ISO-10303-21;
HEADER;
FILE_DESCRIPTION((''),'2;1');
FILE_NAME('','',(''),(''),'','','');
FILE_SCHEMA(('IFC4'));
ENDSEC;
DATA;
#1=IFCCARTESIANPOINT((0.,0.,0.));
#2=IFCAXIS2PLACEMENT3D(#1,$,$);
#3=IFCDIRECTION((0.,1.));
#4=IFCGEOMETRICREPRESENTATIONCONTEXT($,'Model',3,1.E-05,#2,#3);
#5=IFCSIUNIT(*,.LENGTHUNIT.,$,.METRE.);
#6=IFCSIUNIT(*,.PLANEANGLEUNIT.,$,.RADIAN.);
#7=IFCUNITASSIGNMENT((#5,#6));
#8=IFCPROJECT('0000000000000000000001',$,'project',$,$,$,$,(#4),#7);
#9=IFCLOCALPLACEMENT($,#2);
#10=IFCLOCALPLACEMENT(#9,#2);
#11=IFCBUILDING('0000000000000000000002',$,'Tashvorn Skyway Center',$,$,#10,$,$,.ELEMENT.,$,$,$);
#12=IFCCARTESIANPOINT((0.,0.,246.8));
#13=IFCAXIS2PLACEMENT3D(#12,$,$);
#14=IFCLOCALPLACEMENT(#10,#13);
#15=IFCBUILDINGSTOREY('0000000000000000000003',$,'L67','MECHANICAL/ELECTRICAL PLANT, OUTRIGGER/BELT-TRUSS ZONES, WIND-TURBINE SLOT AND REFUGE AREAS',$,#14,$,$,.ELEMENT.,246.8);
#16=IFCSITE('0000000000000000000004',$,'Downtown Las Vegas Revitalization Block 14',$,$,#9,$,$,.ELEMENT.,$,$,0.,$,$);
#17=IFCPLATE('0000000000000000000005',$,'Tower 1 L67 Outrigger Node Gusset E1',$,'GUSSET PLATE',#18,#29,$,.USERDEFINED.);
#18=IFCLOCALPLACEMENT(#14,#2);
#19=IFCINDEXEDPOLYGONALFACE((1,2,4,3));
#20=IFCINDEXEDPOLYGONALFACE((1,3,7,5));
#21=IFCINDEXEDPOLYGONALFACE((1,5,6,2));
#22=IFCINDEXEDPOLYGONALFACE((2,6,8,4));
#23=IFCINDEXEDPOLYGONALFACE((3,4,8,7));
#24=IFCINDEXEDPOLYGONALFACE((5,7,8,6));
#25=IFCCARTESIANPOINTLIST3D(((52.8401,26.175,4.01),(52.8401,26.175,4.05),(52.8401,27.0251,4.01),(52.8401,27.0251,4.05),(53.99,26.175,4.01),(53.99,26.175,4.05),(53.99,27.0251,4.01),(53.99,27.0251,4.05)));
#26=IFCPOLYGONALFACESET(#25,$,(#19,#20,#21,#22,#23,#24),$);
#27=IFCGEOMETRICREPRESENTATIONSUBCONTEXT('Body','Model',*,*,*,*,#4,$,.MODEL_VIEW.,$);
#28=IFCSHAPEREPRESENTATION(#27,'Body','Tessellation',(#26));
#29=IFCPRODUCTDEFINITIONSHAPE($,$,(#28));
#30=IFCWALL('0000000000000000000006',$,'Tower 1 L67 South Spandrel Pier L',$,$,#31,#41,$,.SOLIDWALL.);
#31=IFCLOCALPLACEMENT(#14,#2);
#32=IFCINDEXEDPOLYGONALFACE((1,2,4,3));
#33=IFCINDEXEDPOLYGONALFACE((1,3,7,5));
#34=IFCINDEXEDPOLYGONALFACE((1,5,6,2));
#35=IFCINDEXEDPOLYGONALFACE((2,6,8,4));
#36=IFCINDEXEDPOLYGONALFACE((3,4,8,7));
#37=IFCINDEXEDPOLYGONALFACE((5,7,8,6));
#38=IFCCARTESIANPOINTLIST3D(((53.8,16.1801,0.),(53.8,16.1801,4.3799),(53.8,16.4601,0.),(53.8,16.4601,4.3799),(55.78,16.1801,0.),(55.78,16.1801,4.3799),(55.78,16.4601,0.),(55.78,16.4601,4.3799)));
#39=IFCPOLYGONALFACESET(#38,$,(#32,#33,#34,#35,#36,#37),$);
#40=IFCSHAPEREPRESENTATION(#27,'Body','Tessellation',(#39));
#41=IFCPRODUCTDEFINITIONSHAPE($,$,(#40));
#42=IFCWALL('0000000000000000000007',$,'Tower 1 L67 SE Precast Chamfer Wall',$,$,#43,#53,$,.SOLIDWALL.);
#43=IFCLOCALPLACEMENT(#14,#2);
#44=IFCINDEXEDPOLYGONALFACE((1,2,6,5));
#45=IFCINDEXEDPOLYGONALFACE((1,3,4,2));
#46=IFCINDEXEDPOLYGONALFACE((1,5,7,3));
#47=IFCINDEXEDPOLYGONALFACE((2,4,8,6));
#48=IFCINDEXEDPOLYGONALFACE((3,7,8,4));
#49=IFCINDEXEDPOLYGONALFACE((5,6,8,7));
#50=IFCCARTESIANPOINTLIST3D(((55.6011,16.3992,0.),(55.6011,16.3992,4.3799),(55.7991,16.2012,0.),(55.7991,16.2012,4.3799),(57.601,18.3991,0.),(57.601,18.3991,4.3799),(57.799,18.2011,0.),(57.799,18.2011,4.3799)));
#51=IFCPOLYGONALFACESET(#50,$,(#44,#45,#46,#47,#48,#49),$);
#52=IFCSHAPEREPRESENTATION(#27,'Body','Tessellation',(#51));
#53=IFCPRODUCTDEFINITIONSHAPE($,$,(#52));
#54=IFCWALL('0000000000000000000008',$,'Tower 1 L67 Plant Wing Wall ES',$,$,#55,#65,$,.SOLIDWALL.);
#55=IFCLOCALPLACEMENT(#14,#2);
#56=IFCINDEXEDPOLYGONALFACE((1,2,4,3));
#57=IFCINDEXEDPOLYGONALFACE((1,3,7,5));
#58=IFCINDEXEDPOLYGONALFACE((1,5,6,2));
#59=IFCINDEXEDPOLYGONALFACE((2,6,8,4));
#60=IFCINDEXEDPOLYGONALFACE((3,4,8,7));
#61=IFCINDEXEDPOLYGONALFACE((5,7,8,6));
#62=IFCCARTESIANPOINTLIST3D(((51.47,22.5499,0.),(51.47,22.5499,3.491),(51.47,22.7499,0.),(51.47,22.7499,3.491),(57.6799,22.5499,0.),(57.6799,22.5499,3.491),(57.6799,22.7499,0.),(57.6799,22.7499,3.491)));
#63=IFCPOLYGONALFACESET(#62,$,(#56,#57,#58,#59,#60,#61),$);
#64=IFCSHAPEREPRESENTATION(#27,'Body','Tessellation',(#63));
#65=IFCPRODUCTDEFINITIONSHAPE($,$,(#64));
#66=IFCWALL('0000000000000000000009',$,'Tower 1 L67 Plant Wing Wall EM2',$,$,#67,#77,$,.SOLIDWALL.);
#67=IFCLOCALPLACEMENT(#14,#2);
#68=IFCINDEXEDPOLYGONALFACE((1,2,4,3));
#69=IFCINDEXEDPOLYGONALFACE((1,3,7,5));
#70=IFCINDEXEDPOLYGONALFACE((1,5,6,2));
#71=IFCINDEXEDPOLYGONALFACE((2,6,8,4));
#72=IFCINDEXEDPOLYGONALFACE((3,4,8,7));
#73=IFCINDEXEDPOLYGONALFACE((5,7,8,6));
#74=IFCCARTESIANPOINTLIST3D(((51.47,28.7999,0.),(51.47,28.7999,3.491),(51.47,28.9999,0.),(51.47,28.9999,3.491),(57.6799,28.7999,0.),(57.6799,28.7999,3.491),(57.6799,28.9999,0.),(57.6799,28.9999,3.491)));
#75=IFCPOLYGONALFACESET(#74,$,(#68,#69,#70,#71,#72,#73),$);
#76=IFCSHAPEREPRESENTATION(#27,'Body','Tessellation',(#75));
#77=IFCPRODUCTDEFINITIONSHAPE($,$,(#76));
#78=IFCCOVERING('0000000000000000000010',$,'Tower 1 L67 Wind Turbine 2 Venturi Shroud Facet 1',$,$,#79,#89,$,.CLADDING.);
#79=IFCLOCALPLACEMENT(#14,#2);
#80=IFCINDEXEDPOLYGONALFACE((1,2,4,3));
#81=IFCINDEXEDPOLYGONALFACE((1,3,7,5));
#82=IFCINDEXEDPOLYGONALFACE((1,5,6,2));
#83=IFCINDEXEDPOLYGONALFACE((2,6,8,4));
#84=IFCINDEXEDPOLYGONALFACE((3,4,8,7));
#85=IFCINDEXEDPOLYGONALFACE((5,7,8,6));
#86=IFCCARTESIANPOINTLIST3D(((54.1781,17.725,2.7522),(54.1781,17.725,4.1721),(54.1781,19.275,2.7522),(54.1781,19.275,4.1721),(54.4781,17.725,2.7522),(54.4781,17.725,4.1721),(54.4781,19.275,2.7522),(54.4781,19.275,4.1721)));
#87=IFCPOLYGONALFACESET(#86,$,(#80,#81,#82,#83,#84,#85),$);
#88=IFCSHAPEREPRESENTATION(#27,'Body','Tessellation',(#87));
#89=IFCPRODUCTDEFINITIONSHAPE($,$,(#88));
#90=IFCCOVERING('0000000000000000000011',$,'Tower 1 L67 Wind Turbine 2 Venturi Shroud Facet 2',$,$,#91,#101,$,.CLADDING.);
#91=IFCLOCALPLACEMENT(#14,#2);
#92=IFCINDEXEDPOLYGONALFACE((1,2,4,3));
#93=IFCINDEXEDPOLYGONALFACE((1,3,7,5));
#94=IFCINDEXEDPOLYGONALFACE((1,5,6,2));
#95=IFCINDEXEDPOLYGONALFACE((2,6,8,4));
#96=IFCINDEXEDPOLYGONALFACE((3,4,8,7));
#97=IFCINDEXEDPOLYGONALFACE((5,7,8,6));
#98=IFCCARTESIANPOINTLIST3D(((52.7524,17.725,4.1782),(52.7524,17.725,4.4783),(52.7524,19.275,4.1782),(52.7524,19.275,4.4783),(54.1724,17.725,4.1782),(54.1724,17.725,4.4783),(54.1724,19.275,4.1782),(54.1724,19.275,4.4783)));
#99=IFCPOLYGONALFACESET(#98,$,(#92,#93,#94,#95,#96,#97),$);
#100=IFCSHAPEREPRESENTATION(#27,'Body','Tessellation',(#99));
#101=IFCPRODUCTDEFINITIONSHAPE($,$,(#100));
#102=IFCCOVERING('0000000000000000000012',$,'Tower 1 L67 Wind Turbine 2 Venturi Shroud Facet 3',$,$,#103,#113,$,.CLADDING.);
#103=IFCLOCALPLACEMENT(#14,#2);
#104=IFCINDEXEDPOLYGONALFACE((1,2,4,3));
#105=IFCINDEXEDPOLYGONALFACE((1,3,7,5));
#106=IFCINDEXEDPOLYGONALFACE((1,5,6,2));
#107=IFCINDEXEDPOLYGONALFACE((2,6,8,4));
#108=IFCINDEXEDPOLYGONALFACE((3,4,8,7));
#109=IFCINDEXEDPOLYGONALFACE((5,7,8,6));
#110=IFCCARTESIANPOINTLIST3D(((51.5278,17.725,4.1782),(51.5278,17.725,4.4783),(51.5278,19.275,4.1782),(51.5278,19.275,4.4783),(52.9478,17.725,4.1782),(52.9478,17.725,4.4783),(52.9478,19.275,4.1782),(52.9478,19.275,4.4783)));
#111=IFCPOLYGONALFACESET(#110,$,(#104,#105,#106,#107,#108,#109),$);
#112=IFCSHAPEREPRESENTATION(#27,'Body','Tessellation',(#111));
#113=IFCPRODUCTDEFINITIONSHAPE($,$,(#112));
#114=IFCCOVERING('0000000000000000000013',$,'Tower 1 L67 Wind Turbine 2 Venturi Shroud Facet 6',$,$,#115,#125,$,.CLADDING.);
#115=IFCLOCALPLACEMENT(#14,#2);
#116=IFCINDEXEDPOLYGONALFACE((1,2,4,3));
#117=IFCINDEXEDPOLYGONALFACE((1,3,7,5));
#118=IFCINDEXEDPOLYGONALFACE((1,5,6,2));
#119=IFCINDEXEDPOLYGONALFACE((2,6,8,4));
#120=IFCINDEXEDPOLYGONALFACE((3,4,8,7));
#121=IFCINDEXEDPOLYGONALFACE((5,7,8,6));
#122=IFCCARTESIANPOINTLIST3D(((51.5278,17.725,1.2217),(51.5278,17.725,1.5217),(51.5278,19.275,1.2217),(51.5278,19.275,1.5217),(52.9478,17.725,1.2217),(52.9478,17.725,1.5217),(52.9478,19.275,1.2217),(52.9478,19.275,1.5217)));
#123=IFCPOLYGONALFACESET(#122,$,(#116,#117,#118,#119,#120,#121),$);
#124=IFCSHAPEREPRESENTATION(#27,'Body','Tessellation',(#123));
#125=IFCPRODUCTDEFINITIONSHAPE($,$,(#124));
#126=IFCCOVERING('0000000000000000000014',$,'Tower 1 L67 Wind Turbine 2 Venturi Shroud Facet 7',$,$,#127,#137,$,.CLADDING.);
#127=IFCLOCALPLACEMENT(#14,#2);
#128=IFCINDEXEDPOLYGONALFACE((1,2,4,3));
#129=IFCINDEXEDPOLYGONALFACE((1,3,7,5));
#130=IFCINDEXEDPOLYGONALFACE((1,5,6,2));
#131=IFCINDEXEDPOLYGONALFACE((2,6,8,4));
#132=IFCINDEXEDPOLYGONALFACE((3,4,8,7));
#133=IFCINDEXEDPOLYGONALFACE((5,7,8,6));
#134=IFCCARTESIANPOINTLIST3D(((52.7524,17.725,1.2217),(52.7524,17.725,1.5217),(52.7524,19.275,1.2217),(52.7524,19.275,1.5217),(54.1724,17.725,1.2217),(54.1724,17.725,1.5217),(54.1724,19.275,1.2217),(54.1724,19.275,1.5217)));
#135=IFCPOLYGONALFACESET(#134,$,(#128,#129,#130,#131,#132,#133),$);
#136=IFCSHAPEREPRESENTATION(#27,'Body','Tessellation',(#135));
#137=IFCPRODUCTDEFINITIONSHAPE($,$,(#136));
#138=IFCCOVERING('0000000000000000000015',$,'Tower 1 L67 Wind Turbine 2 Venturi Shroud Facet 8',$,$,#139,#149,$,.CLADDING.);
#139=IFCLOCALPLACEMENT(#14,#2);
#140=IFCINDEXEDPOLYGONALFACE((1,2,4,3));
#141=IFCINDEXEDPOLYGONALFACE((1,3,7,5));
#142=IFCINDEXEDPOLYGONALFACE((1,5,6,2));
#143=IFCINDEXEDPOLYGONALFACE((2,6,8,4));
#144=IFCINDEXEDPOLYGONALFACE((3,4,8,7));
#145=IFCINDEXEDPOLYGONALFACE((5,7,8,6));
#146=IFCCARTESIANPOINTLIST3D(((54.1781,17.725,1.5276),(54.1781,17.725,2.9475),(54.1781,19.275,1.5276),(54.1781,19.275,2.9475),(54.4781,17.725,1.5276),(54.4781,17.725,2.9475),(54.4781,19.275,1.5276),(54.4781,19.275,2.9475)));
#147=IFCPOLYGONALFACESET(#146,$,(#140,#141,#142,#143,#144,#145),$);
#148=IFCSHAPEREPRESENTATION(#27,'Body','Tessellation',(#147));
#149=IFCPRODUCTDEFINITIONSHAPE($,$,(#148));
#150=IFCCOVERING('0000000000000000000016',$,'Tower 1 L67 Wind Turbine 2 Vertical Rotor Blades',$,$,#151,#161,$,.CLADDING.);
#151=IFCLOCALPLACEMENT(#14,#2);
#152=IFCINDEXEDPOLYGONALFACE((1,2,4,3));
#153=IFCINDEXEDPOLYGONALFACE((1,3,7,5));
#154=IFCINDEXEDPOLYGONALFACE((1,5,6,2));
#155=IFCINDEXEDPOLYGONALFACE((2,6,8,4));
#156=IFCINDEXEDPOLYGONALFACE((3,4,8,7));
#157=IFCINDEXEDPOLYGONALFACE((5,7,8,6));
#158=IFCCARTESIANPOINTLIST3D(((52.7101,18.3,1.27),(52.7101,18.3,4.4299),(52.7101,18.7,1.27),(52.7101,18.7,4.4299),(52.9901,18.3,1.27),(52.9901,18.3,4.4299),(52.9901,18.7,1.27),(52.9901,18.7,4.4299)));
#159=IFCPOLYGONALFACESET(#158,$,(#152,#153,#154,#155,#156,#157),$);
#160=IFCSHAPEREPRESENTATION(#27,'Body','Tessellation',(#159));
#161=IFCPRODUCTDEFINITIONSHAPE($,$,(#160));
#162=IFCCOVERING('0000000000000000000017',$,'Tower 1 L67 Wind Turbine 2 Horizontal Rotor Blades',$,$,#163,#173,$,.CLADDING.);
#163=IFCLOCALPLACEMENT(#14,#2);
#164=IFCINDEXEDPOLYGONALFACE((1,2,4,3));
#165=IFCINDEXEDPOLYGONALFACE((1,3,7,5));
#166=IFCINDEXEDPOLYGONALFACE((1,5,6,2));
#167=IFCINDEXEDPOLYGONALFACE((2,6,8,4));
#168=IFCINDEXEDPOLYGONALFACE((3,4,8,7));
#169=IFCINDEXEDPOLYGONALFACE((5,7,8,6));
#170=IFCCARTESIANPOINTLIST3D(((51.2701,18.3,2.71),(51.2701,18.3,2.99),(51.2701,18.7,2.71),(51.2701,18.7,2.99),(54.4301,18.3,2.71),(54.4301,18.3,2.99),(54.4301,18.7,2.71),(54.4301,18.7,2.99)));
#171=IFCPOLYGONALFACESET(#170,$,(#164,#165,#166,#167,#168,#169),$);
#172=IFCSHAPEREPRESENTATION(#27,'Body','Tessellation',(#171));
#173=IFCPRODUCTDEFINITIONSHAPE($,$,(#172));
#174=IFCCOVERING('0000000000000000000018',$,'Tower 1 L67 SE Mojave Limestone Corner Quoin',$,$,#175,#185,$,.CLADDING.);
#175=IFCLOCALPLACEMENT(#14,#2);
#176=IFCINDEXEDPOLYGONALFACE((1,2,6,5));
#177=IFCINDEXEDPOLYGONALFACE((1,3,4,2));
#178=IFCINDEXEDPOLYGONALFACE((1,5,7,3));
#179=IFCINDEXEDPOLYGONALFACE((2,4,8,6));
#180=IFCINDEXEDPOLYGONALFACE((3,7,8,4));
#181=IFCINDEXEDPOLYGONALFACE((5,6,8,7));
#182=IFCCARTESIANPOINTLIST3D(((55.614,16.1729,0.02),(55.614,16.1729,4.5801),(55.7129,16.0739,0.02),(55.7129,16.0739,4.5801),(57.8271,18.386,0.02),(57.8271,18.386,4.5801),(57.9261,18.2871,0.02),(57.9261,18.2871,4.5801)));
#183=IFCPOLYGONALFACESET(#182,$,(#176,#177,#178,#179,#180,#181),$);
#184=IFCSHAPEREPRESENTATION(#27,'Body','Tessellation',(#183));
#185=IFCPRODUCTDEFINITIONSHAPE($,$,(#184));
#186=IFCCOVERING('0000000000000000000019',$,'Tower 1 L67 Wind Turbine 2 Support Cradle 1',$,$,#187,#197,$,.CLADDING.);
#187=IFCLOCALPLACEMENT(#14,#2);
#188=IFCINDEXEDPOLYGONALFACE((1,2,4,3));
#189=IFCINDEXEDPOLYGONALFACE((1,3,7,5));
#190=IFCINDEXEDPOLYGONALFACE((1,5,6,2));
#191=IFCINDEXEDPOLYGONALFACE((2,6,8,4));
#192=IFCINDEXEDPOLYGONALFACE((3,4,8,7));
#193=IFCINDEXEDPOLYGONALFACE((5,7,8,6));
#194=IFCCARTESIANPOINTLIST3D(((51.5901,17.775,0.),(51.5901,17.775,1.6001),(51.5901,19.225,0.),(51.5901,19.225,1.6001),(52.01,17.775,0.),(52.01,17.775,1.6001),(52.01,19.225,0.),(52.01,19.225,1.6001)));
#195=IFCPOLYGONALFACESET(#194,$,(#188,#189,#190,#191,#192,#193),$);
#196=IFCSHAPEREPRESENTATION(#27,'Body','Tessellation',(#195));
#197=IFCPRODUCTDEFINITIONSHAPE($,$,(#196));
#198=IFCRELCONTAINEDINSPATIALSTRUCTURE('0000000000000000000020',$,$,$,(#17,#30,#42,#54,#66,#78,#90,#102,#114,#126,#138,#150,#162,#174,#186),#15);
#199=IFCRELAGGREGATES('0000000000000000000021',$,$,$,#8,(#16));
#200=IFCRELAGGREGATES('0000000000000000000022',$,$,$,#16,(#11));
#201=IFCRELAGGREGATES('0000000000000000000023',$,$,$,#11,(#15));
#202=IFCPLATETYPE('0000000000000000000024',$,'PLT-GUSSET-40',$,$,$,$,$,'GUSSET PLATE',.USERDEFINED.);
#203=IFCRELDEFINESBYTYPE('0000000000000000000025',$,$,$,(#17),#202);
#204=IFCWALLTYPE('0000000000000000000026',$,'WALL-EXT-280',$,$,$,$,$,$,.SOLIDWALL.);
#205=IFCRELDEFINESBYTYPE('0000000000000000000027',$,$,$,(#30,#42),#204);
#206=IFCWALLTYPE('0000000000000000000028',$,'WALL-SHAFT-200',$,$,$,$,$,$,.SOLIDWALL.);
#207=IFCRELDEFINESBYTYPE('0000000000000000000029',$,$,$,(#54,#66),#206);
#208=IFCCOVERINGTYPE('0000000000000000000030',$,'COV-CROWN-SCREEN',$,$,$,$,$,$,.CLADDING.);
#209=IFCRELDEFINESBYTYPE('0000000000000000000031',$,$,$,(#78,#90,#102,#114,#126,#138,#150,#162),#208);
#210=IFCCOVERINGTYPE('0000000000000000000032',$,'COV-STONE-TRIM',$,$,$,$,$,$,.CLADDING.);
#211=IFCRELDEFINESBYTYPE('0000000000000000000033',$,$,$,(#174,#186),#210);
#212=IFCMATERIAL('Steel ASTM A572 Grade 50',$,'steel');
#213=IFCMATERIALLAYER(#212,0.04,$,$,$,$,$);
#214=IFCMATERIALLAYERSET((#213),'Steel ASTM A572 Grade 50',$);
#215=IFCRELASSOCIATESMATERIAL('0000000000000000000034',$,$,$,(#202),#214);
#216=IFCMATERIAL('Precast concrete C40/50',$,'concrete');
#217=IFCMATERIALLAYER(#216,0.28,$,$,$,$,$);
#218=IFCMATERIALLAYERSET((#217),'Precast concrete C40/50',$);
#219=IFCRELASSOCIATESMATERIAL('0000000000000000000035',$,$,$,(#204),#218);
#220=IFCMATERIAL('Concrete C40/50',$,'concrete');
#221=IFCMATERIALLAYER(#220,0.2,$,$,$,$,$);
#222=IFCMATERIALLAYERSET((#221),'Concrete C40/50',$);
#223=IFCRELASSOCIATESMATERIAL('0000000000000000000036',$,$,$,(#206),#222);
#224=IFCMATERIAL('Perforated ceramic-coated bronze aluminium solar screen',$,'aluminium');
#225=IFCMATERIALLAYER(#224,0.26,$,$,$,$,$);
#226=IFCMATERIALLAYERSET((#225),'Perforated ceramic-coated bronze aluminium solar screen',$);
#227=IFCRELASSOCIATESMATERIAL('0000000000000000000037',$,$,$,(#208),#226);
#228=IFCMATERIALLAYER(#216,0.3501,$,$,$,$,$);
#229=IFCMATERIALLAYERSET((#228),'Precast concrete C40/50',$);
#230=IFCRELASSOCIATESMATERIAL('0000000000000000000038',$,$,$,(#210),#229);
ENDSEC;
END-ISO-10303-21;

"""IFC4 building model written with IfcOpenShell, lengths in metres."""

from ifc_helpers import new_model, si_unit, direction, frame, frame_2d, origin, origin_2d, place, context, subcontext, project, spatial, rectangle, extrude, material, layer, layer_set, type_object, element, save


model = new_model("IFC4")

# Units and contexts
model_context = context("Model", 3, precision=1e-05, world=origin(), true_north=direction((0.0, 1.0)))
body_context = subcontext(model_context, "Body", "Model", "MODEL_VIEW")
ifc_project = project(units=[si_unit("LENGTHUNIT", "METRE"), si_unit("PLANEANGLEUNIT", "RADIAN")], contexts=[model_context])

# Site, building, storey
site_placement = place(None, origin())
site = spatial("IfcSite", under=ifc_project, at=site_placement, Name="Downtown Las Vegas Revitalization Block 14", CompositionType="ELEMENT", RefElevation=0.0)
building_placement = place(site_placement, origin())
building = spatial("IfcBuilding", under=site, at=building_placement, Name="Tashvorn Skyway Center", CompositionType="ELEMENT")
storey_placement = place(building_placement, frame((0.0, 0.0, 246.8)))
storey = spatial("IfcBuildingStorey", under=building, at=storey_placement, Name="L67", Description="MECHANICAL/ELECTRICAL PLANT, OUTRIGGER/BELT-TRUSS ZONES, WIND-TURBINE SLOT AND REFUGE AREAS", CompositionType="ELEMENT", Elevation=246.8)

# Shared definitions
ifc_material_1 = material(Name="Steel ASTM A572 Grade 50", Category="steel")

# Plate
ifc_layer_1 = layer(ifc_material_1, 0.04)
ifc_layer_set_1 = layer_set([ifc_layer_1], Name="Steel ASTM A572 Grade 50")
plate_type = type_object("IfcPlateType", Name="PLT-GUSSET-40", ElementType="GUSSET PLATE", PredefinedType="USERDEFINED", material=ifc_layer_set_1)
plate_placement = place(storey_placement, frame((53.415, 26.6001, 4.01), z_axis=(0.0, 0.0, 1.0), x_axis=(1.0, 0.0, 0.0)))
element("IfcPlate", 1, at=plate_placement, inside=storey, type_object=plate_type, Name="Tower 1 L67 Outrigger Node Gusset E1", ObjectType="GUSSET PLATE", PredefinedType="USERDEFINED", context=body_context, shape_type="SweptSolid", body=[
    extrude(rectangle(XDim=1.1499, YDim=0.8501, at=origin_2d()), origin(), (0.0, 0.0, 1.0), 0.04),
])

# Walls
ifc_material_2 = material(Name="Precast concrete C40/50", Category="concrete")
ifc_layer_2 = layer(ifc_material_2, 0.28)
ifc_layer_set_2 = layer_set([ifc_layer_2], Name="Precast concrete C40/50")
wall_type_1 = type_object("IfcWallType", Name="WALL-EXT-280", PredefinedType="SOLIDWALL", material=ifc_layer_set_2)
wall_1_placement = place(storey_placement, frame((55.78, 16.3201, 0.0), z_axis=(0.0, 0.0, 1.0), x_axis=(-1.0, 0.0, 0.0)))
element("IfcWall", 2, at=wall_1_placement, inside=storey, type_object=wall_type_1, Name="Tower 1 L67 South Spandrel Pier L", PredefinedType="SOLIDWALL", context=body_context, shape_type="SweptSolid", body=[
    extrude(rectangle(XDim=1.98, YDim=0.28, at=frame_2d((0.99, 0.0))), origin(), (0.0, 0.0, 1.0), 4.3799),
])
wall_2_placement = place(storey_placement, frame((57.7, 18.3, 0.0), z_axis=(0.0, 0.0, 1.0), x_axis=(-0.707107, -0.707107, 0.0)))
element("IfcWall", 3, at=wall_2_placement, inside=storey, type_object=wall_type_1, Name="Tower 1 L67 SE Precast Chamfer Wall", PredefinedType="SOLIDWALL", context=body_context, shape_type="SweptSolid", body=[
    extrude(rectangle(XDim=2.8284, YDim=0.28, at=frame_2d((1.4141, 0.0))), origin(), (0.0, 0.0, 1.0), 4.3799),
])
ifc_material_3 = material(Name="Concrete C40/50", Category="concrete")
ifc_layer_3 = layer(ifc_material_3, 0.2)
ifc_layer_set_3 = layer_set([ifc_layer_3], Name="Concrete C40/50")
wall_type_2 = type_object("IfcWallType", Name="WALL-SHAFT-200", PredefinedType="SOLIDWALL", material=ifc_layer_set_3)
for number, where, z_axis, x_axis, name in (
    (4, (51.47, 22.6499, 0.0), (0.0, 0.0, 1.0), (1.0, 0.0, 0.0), "Tower 1 L67 Plant Wing Wall ES"),
    (5, (51.47, 28.8999, 0.0), (0.0, 0.0, 1.0), (1.0, 0.0, 0.0), "Tower 1 L67 Plant Wing Wall EM2"),
):
    element("IfcWall", number, at=place(storey_placement, frame(where, z_axis=z_axis, x_axis=x_axis)), inside=storey, type_object=wall_type_2, Name=name, PredefinedType="SOLIDWALL", context=body_context, shape_type="SweptSolid", body=[
        extrude(rectangle(XDim=6.21, YDim=0.2, at=frame_2d((3.105, 0.0))), origin(), (0.0, 0.0, 1.0), 3.491),
    ])

# Coverings
ifc_material_4 = material(Name="Perforated ceramic-coated bronze aluminium solar screen", Category="aluminium")
ifc_layer_4 = layer(ifc_material_4, 0.26)
ifc_layer_set_4 = layer_set([ifc_layer_4], Name="Perforated ceramic-coated bronze aluminium solar screen")
covering_type_1 = type_object("IfcCoveringType", Name="COV-CROWN-SCREEN", PredefinedType="CLADDING", material=ifc_layer_set_4)
covering_1_placement = place(storey_placement, frame((54.3281, 18.5, 2.7522), z_axis=(0.0, 0.0, 1.0), x_axis=(1.0, 0.0, 0.0)))
element("IfcCovering", 6, at=covering_1_placement, inside=storey, type_object=covering_type_1, Name="Tower 1 L67 Wind Turbine 2 Venturi Shroud Facet 1", PredefinedType="CLADDING", context=body_context, shape_type="SweptSolid", body=[
    extrude(rectangle(XDim=0.3, YDim=1.55, at=origin_2d()), origin(), (0.0, 0.0, 1.0), 1.4199),
])
for number, where, z_axis, x_axis, name in (
    (7, (53.4624, 18.5, 4.1782), (0.0, 0.0, 1.0), (1.0, 0.0, 0.0), "Tower 1 L67 Wind Turbine 2 Venturi Shroud Facet 2"),
    (8, (52.2378, 18.5, 4.1782), (0.0, 0.0, 1.0), (1.0, 0.0, 0.0), "Tower 1 L67 Wind Turbine 2 Venturi Shroud Facet 3"),
    (9, (52.2378, 18.5, 1.2217), (0.0, 0.0, 1.0), (1.0, 0.0, 0.0), "Tower 1 L67 Wind Turbine 2 Venturi Shroud Facet 6"),
    (10, (53.4624, 18.5, 1.2217), (0.0, 0.0, 1.0), (1.0, 0.0, 0.0), "Tower 1 L67 Wind Turbine 2 Venturi Shroud Facet 7"),
):
    element("IfcCovering", number, at=place(storey_placement, frame(where, z_axis=z_axis, x_axis=x_axis)), inside=storey, type_object=covering_type_1, Name=name, PredefinedType="CLADDING", context=body_context, shape_type="SweptSolid", body=[
        extrude(rectangle(XDim=1.4199, YDim=1.55, at=origin_2d()), origin(), (0.0, 0.0, 1.0), 0.3),
    ])
covering_2_placement = place(storey_placement, frame((54.3281, 18.5, 1.5276), z_axis=(0.0, 0.0, 1.0), x_axis=(1.0, 0.0, 0.0)))
element("IfcCovering", 11, at=covering_2_placement, inside=storey, type_object=covering_type_1, Name="Tower 1 L67 Wind Turbine 2 Venturi Shroud Facet 8", PredefinedType="CLADDING", context=body_context, shape_type="SweptSolid", body=[
    extrude(rectangle(XDim=0.3, YDim=1.55, at=origin_2d()), origin(), (0.0, 0.0, 1.0), 1.4199),
])
covering_3_placement = place(storey_placement, frame((52.8501, 18.5, 1.27), z_axis=(0.0, 0.0, 1.0), x_axis=(1.0, 0.0, 0.0)))
element("IfcCovering", 12, at=covering_3_placement, inside=storey, type_object=covering_type_1, Name="Tower 1 L67 Wind Turbine 2 Vertical Rotor Blades", PredefinedType="CLADDING", context=body_context, shape_type="SweptSolid", body=[
    extrude(rectangle(XDim=0.28, YDim=0.3999, at=origin_2d()), origin(), (0.0, 0.0, 1.0), 3.1599),
])
covering_4_placement = place(storey_placement, frame((52.8501, 18.5, 2.71), z_axis=(0.0, 0.0, 1.0), x_axis=(1.0, 0.0, 0.0)))
element("IfcCovering", 13, at=covering_4_placement, inside=storey, type_object=covering_type_1, Name="Tower 1 L67 Wind Turbine 2 Horizontal Rotor Blades", PredefinedType="CLADDING", context=body_context, shape_type="SweptSolid", body=[
    extrude(rectangle(XDim=3.1599, YDim=0.3999, at=origin_2d()), origin(), (0.0, 0.0, 1.0), 0.28),
])
ifc_layer_5 = layer(ifc_material_2, 0.3501)
ifc_layer_set_5 = layer_set([ifc_layer_5], Name="Precast concrete C40/50")
covering_type_2 = type_object("IfcCoveringType", Name="COV-STONE-TRIM", PredefinedType="CLADDING", material=ifc_layer_set_5)
covering_5_placement = place(storey_placement, frame((56.77, 17.23, 0.02), z_axis=(0.0, 0.0, 1.0), x_axis=(0.707107, 0.707107, 0.0)))
element("IfcCovering", 14, at=covering_5_placement, inside=storey, type_object=covering_type_2, Name="Tower 1 L67 SE Mojave Limestone Corner Quoin", PredefinedType="CLADDING", context=body_context, shape_type="SweptSolid", body=[
    extrude(rectangle(XDim=3.1299, YDim=0.1399, at=origin_2d()), origin(), (0.0, 0.0, 1.0), 4.5601),
])
for number, where, z_axis, x_axis, name in (
    (15, (51.8, 18.5, 0.0), (0.0, 0.0, 1.0), (1.0, 0.0, 0.0), "Tower 1 L67 Wind Turbine 2 Support Cradle 1"),
):
    element("IfcCovering", number, at=place(storey_placement, frame(where, z_axis=z_axis, x_axis=x_axis)), inside=storey, type_object=covering_type_2, Name=name, PredefinedType="CLADDING", context=body_context, shape_type="SweptSolid", body=[
        extrude(rectangle(XDim=0.4199, YDim=1.45, at=origin_2d()), origin(), (0.0, 0.0, 1.0), 1.6001),
    ])

save(model, "model.ifc")
